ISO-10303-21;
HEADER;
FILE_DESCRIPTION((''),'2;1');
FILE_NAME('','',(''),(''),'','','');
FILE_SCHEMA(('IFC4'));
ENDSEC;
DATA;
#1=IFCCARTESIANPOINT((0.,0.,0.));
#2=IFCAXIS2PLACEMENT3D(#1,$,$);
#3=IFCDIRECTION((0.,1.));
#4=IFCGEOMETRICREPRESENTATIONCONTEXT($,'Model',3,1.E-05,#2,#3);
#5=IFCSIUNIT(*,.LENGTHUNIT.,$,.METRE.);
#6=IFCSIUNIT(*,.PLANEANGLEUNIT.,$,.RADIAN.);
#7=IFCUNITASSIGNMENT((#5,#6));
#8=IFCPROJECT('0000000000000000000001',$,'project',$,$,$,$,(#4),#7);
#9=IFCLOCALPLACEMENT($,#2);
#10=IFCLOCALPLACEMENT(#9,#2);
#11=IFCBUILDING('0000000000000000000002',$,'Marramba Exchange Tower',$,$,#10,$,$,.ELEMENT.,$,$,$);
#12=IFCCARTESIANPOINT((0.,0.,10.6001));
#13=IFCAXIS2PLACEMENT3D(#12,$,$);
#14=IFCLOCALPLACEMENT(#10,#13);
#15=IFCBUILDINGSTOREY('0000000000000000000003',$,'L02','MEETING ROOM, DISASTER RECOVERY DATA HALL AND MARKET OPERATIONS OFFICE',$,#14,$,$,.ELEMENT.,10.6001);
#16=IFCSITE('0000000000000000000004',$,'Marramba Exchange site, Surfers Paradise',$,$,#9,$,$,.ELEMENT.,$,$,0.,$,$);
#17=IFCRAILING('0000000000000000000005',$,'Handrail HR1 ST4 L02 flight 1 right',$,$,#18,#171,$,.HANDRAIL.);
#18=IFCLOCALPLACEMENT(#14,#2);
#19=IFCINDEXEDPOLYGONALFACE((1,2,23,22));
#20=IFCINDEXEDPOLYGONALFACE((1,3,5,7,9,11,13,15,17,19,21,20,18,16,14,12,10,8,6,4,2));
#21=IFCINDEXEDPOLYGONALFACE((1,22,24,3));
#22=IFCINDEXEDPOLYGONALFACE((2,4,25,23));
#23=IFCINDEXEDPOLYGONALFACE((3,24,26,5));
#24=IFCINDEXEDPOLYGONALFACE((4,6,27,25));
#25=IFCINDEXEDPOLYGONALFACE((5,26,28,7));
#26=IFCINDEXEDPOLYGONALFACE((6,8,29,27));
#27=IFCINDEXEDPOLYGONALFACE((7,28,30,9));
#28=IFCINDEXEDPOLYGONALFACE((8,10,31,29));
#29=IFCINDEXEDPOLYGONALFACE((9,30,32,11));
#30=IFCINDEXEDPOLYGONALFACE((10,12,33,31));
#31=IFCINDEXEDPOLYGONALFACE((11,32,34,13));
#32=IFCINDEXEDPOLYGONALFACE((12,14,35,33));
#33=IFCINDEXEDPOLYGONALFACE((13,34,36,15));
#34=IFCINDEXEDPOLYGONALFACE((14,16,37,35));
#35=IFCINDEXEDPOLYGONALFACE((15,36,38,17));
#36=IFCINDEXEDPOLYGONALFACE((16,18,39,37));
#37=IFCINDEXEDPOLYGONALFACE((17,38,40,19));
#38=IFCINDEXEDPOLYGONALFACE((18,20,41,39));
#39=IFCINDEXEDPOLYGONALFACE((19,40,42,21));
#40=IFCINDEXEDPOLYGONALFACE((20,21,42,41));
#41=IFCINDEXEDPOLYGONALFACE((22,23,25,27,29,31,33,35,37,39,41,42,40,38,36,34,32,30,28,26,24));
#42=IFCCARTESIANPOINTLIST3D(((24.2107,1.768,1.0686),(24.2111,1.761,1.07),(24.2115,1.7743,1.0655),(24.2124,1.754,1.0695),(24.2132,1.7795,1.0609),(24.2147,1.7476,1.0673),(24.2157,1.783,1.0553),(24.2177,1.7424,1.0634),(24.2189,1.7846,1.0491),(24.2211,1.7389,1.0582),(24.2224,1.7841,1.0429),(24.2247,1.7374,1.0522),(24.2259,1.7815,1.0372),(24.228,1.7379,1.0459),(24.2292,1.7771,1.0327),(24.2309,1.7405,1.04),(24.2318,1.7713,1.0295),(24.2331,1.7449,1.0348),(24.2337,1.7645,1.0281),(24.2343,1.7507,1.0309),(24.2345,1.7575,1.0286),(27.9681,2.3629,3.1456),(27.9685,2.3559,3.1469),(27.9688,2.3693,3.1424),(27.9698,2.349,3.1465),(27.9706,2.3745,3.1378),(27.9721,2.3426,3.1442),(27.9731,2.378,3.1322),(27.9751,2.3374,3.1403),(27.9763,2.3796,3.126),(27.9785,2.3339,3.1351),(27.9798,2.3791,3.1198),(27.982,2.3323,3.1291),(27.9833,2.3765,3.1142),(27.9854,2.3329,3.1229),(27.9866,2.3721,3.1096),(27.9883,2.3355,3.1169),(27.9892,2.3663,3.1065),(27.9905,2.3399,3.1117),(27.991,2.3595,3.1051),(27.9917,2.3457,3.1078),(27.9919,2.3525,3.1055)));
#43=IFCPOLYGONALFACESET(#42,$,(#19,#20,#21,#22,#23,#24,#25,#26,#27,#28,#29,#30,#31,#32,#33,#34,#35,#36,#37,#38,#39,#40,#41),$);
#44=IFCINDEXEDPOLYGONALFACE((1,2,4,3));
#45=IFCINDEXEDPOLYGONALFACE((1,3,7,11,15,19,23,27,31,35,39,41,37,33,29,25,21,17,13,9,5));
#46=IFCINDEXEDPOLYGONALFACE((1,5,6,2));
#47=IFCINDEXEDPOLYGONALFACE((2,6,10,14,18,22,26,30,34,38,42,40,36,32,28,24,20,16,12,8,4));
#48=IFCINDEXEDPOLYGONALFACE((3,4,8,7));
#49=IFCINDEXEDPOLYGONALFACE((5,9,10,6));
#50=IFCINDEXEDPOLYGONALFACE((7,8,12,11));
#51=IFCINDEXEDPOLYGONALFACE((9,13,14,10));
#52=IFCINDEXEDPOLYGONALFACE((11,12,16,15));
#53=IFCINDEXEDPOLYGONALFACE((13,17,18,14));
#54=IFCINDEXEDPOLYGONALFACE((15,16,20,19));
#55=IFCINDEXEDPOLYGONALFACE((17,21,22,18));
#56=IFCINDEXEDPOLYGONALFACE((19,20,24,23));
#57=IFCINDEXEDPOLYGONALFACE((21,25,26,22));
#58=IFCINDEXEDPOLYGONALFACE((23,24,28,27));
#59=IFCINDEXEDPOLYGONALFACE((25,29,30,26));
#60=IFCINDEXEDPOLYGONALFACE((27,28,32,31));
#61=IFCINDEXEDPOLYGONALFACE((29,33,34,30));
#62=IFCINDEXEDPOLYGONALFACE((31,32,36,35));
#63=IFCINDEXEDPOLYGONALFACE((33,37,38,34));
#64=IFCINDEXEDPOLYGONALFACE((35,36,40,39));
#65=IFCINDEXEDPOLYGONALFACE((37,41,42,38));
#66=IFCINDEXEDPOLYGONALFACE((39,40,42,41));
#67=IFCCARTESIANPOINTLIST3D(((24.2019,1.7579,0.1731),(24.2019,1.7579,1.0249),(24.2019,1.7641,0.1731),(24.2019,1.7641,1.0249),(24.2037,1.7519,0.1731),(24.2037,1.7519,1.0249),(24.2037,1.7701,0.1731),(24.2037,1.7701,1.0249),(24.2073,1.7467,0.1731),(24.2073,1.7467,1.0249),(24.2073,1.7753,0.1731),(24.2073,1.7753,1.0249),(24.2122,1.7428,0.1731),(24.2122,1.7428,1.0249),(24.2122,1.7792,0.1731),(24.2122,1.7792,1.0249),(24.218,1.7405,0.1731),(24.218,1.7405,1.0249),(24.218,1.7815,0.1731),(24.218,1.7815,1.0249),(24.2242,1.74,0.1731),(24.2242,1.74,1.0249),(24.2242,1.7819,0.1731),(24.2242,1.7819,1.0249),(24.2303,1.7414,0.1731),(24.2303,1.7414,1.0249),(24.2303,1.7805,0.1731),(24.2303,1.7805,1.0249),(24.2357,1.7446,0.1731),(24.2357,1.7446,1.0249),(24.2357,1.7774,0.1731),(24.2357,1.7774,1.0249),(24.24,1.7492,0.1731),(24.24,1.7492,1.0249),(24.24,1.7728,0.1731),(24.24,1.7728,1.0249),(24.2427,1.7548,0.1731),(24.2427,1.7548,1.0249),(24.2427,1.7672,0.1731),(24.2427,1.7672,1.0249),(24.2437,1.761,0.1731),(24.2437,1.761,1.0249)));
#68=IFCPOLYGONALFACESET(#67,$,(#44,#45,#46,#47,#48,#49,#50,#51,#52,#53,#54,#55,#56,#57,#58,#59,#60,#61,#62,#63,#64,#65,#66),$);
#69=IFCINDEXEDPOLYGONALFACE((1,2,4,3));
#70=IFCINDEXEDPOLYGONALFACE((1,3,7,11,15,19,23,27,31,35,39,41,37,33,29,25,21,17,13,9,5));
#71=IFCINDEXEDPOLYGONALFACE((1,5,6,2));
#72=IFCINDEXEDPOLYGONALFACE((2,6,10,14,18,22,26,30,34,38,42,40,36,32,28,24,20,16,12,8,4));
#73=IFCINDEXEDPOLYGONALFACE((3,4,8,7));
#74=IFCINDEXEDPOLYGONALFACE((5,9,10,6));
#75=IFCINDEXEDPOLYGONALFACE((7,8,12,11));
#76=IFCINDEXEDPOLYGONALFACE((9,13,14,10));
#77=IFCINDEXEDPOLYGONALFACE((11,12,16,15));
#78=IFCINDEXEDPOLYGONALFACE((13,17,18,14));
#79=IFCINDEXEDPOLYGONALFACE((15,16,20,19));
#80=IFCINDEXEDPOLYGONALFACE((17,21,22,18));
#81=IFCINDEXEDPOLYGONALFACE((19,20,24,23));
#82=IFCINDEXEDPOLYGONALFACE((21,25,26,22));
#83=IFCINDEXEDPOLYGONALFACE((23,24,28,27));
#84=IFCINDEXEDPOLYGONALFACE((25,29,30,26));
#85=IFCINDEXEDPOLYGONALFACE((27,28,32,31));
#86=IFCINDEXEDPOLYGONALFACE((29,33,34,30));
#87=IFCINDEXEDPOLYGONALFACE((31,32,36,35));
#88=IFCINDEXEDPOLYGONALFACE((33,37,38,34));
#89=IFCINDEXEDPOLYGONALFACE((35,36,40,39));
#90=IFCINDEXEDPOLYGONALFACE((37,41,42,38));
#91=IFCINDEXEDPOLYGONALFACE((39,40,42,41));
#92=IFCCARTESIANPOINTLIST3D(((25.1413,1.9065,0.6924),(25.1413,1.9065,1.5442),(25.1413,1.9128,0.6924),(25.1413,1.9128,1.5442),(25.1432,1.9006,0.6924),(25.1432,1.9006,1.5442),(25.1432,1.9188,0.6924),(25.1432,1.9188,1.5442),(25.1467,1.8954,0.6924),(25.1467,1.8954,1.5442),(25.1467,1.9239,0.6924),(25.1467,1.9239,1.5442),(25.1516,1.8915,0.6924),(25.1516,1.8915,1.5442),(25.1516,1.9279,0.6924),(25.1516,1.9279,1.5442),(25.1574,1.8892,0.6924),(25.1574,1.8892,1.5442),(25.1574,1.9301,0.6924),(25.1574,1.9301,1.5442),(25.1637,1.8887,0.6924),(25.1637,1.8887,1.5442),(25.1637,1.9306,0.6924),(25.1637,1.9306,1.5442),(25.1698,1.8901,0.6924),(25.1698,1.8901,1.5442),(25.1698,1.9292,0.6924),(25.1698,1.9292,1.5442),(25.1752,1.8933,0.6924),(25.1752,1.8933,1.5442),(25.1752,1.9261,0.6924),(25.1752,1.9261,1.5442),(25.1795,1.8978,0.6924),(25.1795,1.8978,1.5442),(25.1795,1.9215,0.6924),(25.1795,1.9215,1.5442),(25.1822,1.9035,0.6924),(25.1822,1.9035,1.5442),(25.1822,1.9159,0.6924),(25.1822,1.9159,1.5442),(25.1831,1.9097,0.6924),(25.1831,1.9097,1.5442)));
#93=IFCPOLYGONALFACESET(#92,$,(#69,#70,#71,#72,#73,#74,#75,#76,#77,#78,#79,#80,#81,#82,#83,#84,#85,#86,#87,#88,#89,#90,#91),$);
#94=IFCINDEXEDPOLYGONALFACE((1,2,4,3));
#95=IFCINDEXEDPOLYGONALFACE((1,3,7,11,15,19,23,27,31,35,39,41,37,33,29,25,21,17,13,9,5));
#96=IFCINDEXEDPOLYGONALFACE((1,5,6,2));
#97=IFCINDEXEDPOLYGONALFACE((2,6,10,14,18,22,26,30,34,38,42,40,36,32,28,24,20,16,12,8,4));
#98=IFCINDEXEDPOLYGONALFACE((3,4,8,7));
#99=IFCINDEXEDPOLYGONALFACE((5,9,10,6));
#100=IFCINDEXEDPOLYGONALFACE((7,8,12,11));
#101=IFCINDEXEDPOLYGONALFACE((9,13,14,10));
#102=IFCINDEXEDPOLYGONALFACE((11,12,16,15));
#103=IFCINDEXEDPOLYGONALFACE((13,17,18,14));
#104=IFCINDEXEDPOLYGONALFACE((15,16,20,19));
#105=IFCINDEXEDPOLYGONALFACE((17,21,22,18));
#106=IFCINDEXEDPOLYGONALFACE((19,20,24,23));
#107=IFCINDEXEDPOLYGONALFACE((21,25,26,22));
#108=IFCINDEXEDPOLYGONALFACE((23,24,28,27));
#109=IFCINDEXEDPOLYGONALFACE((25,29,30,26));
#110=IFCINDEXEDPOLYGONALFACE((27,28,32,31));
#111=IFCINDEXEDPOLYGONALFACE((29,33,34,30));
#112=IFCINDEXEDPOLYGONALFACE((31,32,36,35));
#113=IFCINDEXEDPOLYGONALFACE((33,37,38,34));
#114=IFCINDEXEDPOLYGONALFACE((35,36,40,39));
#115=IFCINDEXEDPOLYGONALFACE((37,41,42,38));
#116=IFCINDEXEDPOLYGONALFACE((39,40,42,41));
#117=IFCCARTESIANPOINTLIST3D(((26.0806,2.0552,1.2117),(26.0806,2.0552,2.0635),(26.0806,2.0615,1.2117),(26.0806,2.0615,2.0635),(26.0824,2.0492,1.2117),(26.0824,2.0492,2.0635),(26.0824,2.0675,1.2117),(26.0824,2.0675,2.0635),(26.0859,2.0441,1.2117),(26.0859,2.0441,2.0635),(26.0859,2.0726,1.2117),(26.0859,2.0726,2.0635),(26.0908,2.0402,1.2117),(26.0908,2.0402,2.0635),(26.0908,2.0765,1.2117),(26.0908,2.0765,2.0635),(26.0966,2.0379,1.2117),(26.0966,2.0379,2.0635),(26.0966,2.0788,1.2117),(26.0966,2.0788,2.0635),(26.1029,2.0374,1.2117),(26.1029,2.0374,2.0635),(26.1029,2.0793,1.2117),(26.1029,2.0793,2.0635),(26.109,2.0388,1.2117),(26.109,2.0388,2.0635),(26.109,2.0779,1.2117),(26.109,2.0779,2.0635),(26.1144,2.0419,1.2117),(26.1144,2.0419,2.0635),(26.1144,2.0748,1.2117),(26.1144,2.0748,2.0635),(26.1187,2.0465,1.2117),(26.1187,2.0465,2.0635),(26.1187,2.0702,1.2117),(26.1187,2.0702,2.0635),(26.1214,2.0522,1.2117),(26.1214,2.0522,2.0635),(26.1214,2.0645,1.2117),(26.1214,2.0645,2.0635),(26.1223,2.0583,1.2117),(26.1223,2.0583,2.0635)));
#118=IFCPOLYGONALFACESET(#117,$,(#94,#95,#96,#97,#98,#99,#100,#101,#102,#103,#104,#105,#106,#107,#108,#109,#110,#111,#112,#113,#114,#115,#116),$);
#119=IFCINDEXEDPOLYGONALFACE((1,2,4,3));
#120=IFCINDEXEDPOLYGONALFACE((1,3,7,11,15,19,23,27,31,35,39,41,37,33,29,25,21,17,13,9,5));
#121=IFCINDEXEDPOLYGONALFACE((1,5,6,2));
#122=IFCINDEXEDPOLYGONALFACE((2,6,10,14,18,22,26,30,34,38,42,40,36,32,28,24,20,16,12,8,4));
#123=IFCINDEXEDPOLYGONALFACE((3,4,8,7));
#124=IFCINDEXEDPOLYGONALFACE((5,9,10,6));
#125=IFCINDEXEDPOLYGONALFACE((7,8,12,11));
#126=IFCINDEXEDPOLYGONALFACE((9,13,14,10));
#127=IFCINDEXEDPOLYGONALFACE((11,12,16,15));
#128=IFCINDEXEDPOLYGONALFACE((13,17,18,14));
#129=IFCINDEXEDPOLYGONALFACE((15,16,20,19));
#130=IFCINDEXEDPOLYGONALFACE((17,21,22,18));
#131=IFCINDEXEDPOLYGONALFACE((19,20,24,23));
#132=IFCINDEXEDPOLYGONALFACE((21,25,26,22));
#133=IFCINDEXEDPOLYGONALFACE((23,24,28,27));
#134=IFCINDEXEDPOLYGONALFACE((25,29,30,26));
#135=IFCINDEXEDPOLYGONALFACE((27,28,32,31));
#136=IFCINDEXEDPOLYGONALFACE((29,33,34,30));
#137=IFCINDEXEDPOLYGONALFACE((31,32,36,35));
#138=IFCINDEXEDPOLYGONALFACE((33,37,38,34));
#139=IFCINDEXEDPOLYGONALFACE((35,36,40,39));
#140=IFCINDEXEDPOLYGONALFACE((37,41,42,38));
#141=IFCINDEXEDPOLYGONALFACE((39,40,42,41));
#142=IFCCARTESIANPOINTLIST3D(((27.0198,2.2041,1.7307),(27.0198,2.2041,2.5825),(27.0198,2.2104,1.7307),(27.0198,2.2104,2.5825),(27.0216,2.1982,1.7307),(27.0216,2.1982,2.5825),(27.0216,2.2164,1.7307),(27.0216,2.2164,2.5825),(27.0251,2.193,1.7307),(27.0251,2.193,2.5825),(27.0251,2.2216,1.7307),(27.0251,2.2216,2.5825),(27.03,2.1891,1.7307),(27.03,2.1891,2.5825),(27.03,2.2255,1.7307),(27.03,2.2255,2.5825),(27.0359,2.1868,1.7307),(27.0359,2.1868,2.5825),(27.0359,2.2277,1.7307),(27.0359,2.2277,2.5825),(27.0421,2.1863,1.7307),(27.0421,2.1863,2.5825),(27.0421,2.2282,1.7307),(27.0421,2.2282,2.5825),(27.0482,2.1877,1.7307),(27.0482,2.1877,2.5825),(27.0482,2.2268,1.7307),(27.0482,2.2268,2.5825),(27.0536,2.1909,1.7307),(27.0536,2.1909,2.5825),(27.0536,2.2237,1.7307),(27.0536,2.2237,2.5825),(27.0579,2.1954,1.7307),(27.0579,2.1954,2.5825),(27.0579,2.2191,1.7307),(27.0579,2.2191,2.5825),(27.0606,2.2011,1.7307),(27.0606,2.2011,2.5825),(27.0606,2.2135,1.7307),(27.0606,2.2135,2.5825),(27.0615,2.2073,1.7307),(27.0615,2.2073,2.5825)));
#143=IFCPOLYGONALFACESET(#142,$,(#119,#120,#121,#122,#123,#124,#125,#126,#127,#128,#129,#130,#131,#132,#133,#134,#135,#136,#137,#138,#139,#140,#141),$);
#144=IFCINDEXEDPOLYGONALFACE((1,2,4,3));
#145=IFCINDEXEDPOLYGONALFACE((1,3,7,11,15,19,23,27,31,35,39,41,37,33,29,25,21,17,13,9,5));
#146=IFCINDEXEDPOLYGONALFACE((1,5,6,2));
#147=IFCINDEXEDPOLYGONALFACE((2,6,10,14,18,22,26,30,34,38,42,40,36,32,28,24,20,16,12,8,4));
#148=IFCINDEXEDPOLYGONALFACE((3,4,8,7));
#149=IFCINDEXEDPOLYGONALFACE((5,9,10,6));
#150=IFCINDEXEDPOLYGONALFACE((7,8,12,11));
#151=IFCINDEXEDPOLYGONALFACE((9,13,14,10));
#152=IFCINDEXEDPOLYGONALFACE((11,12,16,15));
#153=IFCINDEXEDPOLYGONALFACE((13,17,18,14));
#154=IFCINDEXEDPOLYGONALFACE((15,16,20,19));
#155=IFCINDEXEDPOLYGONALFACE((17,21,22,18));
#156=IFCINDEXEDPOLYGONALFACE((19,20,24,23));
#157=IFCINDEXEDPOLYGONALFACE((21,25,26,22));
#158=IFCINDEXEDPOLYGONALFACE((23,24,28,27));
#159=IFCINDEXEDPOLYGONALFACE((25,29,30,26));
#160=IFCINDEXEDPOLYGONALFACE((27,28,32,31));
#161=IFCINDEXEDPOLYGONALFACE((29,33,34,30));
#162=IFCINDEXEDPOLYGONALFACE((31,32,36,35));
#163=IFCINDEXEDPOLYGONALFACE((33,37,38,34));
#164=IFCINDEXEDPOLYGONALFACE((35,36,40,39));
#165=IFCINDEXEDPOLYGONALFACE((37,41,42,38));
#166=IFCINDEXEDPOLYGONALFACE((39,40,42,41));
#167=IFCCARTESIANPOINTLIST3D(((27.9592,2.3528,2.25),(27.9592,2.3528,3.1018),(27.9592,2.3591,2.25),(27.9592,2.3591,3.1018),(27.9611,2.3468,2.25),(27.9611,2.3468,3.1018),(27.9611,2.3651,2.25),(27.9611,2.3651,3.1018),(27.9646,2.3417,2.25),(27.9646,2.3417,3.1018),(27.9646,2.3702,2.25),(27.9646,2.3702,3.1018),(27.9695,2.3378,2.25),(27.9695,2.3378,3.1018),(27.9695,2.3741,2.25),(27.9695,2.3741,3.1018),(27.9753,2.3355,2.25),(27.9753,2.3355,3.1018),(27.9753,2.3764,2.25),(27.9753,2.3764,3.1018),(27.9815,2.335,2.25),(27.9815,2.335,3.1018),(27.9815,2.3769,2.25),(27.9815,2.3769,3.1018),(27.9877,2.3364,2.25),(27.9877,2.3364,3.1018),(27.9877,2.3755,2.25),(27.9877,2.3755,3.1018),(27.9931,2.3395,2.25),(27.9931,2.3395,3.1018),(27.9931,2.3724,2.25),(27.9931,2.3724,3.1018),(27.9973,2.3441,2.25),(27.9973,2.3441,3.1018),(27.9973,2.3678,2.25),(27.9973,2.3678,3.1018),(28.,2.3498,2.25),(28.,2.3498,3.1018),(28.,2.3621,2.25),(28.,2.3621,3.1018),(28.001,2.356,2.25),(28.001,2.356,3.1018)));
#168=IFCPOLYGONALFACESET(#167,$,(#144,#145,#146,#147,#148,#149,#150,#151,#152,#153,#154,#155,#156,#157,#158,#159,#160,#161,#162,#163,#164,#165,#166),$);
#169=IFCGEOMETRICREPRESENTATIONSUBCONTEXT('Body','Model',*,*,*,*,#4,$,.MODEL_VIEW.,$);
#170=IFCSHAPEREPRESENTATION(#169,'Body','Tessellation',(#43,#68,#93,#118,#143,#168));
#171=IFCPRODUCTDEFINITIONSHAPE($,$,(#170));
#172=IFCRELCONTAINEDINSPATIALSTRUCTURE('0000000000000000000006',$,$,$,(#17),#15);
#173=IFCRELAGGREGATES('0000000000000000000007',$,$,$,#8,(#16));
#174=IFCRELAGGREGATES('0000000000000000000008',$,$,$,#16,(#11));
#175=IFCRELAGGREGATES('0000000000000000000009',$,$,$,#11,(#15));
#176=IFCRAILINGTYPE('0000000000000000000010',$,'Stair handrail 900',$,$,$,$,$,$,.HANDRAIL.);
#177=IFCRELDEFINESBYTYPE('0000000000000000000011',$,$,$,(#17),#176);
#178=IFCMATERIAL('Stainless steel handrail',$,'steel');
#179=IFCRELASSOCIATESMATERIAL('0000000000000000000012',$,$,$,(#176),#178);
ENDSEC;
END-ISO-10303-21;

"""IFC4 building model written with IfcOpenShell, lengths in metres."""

from ifc_helpers import new_model, si_unit, direction, frame, origin, origin_2d, place, context, subcontext, project, spatial, circle, extrude, material, type_object, element, save


model = new_model("IFC4")

# Units and contexts
model_context = context("Model", 3, precision=1e-05, world=origin(), true_north=direction((0.0, 1.0)))
body_context = subcontext(model_context, "Body", "Model", "MODEL_VIEW")
ifc_project = project(units=[si_unit("LENGTHUNIT", "METRE"), si_unit("PLANEANGLEUNIT", "RADIAN")], contexts=[model_context])

# Site, building, storey
site_placement = place(None, origin())
site = spatial("IfcSite", under=ifc_project, at=site_placement, Name="Marramba Exchange site, Surfers Paradise", CompositionType="ELEMENT", RefElevation=0.0)
building_placement = place(site_placement, origin())
building = spatial("IfcBuilding", under=site, at=building_placement, Name="Marramba Exchange Tower", CompositionType="ELEMENT")
storey_placement = place(building_placement, frame((0.0, 0.0, 10.6001)))
storey = spatial("IfcBuildingStorey", under=building, at=storey_placement, Name="L02", Description="MEETING ROOM, DISASTER RECOVERY DATA HALL AND MARKET OPERATIONS OFFICE", CompositionType="ELEMENT", Elevation=10.6001)

# Railing
ifc_material_1 = material(Name="Stainless steel handrail", Category="steel")
railing_type = type_object("IfcRailingType", Name="Stair handrail 900", PredefinedType="HANDRAIL", material=ifc_material_1)
railing_1_placement = place(storey_placement, frame((24.2227, 1.761, 0.1731)))
element("IfcRailing", 1, at=railing_1_placement, inside=storey, type_object=railing_type, Name="Handrail HR1 ST4 L02 flight 1 right", PredefinedType="HANDRAIL", context=body_context, shape_type="SweptSolid", body=[
    extrude(circle(Radius=0.0239, at=origin_2d()), frame((0.0, 0.0, 0.876), z_axis=(0.866908, 0.137275, 0.479193), x_axis=(-0.156401, 0.987694, 0.0)), (0.0, 0.0, 1.0), 4.3342),
    extrude(circle(Radius=0.021, at=origin_2d()), origin(), (0.0, 0.0, 1.0), 0.8518),
    extrude(circle(Radius=0.021, at=origin_2d()), frame((0.9395, 0.1487, 0.5193)), (0.0, 0.0, 1.0), 0.8518),
    extrude(circle(Radius=0.021, at=origin_2d()), frame((1.8787, 0.2974, 1.0386)), (0.0, 0.0, 1.0), 0.8518),
    extrude(circle(Radius=0.021, at=origin_2d()), frame((2.8179, 0.4463, 1.5576)), (0.0, 0.0, 1.0), 0.8518),
    extrude(circle(Radius=0.021, at=origin_2d()), frame((3.7573, 0.595, 2.0769)), (0.0, 0.0, 1.0), 0.8518),
])

save(model, "model.ifc")
